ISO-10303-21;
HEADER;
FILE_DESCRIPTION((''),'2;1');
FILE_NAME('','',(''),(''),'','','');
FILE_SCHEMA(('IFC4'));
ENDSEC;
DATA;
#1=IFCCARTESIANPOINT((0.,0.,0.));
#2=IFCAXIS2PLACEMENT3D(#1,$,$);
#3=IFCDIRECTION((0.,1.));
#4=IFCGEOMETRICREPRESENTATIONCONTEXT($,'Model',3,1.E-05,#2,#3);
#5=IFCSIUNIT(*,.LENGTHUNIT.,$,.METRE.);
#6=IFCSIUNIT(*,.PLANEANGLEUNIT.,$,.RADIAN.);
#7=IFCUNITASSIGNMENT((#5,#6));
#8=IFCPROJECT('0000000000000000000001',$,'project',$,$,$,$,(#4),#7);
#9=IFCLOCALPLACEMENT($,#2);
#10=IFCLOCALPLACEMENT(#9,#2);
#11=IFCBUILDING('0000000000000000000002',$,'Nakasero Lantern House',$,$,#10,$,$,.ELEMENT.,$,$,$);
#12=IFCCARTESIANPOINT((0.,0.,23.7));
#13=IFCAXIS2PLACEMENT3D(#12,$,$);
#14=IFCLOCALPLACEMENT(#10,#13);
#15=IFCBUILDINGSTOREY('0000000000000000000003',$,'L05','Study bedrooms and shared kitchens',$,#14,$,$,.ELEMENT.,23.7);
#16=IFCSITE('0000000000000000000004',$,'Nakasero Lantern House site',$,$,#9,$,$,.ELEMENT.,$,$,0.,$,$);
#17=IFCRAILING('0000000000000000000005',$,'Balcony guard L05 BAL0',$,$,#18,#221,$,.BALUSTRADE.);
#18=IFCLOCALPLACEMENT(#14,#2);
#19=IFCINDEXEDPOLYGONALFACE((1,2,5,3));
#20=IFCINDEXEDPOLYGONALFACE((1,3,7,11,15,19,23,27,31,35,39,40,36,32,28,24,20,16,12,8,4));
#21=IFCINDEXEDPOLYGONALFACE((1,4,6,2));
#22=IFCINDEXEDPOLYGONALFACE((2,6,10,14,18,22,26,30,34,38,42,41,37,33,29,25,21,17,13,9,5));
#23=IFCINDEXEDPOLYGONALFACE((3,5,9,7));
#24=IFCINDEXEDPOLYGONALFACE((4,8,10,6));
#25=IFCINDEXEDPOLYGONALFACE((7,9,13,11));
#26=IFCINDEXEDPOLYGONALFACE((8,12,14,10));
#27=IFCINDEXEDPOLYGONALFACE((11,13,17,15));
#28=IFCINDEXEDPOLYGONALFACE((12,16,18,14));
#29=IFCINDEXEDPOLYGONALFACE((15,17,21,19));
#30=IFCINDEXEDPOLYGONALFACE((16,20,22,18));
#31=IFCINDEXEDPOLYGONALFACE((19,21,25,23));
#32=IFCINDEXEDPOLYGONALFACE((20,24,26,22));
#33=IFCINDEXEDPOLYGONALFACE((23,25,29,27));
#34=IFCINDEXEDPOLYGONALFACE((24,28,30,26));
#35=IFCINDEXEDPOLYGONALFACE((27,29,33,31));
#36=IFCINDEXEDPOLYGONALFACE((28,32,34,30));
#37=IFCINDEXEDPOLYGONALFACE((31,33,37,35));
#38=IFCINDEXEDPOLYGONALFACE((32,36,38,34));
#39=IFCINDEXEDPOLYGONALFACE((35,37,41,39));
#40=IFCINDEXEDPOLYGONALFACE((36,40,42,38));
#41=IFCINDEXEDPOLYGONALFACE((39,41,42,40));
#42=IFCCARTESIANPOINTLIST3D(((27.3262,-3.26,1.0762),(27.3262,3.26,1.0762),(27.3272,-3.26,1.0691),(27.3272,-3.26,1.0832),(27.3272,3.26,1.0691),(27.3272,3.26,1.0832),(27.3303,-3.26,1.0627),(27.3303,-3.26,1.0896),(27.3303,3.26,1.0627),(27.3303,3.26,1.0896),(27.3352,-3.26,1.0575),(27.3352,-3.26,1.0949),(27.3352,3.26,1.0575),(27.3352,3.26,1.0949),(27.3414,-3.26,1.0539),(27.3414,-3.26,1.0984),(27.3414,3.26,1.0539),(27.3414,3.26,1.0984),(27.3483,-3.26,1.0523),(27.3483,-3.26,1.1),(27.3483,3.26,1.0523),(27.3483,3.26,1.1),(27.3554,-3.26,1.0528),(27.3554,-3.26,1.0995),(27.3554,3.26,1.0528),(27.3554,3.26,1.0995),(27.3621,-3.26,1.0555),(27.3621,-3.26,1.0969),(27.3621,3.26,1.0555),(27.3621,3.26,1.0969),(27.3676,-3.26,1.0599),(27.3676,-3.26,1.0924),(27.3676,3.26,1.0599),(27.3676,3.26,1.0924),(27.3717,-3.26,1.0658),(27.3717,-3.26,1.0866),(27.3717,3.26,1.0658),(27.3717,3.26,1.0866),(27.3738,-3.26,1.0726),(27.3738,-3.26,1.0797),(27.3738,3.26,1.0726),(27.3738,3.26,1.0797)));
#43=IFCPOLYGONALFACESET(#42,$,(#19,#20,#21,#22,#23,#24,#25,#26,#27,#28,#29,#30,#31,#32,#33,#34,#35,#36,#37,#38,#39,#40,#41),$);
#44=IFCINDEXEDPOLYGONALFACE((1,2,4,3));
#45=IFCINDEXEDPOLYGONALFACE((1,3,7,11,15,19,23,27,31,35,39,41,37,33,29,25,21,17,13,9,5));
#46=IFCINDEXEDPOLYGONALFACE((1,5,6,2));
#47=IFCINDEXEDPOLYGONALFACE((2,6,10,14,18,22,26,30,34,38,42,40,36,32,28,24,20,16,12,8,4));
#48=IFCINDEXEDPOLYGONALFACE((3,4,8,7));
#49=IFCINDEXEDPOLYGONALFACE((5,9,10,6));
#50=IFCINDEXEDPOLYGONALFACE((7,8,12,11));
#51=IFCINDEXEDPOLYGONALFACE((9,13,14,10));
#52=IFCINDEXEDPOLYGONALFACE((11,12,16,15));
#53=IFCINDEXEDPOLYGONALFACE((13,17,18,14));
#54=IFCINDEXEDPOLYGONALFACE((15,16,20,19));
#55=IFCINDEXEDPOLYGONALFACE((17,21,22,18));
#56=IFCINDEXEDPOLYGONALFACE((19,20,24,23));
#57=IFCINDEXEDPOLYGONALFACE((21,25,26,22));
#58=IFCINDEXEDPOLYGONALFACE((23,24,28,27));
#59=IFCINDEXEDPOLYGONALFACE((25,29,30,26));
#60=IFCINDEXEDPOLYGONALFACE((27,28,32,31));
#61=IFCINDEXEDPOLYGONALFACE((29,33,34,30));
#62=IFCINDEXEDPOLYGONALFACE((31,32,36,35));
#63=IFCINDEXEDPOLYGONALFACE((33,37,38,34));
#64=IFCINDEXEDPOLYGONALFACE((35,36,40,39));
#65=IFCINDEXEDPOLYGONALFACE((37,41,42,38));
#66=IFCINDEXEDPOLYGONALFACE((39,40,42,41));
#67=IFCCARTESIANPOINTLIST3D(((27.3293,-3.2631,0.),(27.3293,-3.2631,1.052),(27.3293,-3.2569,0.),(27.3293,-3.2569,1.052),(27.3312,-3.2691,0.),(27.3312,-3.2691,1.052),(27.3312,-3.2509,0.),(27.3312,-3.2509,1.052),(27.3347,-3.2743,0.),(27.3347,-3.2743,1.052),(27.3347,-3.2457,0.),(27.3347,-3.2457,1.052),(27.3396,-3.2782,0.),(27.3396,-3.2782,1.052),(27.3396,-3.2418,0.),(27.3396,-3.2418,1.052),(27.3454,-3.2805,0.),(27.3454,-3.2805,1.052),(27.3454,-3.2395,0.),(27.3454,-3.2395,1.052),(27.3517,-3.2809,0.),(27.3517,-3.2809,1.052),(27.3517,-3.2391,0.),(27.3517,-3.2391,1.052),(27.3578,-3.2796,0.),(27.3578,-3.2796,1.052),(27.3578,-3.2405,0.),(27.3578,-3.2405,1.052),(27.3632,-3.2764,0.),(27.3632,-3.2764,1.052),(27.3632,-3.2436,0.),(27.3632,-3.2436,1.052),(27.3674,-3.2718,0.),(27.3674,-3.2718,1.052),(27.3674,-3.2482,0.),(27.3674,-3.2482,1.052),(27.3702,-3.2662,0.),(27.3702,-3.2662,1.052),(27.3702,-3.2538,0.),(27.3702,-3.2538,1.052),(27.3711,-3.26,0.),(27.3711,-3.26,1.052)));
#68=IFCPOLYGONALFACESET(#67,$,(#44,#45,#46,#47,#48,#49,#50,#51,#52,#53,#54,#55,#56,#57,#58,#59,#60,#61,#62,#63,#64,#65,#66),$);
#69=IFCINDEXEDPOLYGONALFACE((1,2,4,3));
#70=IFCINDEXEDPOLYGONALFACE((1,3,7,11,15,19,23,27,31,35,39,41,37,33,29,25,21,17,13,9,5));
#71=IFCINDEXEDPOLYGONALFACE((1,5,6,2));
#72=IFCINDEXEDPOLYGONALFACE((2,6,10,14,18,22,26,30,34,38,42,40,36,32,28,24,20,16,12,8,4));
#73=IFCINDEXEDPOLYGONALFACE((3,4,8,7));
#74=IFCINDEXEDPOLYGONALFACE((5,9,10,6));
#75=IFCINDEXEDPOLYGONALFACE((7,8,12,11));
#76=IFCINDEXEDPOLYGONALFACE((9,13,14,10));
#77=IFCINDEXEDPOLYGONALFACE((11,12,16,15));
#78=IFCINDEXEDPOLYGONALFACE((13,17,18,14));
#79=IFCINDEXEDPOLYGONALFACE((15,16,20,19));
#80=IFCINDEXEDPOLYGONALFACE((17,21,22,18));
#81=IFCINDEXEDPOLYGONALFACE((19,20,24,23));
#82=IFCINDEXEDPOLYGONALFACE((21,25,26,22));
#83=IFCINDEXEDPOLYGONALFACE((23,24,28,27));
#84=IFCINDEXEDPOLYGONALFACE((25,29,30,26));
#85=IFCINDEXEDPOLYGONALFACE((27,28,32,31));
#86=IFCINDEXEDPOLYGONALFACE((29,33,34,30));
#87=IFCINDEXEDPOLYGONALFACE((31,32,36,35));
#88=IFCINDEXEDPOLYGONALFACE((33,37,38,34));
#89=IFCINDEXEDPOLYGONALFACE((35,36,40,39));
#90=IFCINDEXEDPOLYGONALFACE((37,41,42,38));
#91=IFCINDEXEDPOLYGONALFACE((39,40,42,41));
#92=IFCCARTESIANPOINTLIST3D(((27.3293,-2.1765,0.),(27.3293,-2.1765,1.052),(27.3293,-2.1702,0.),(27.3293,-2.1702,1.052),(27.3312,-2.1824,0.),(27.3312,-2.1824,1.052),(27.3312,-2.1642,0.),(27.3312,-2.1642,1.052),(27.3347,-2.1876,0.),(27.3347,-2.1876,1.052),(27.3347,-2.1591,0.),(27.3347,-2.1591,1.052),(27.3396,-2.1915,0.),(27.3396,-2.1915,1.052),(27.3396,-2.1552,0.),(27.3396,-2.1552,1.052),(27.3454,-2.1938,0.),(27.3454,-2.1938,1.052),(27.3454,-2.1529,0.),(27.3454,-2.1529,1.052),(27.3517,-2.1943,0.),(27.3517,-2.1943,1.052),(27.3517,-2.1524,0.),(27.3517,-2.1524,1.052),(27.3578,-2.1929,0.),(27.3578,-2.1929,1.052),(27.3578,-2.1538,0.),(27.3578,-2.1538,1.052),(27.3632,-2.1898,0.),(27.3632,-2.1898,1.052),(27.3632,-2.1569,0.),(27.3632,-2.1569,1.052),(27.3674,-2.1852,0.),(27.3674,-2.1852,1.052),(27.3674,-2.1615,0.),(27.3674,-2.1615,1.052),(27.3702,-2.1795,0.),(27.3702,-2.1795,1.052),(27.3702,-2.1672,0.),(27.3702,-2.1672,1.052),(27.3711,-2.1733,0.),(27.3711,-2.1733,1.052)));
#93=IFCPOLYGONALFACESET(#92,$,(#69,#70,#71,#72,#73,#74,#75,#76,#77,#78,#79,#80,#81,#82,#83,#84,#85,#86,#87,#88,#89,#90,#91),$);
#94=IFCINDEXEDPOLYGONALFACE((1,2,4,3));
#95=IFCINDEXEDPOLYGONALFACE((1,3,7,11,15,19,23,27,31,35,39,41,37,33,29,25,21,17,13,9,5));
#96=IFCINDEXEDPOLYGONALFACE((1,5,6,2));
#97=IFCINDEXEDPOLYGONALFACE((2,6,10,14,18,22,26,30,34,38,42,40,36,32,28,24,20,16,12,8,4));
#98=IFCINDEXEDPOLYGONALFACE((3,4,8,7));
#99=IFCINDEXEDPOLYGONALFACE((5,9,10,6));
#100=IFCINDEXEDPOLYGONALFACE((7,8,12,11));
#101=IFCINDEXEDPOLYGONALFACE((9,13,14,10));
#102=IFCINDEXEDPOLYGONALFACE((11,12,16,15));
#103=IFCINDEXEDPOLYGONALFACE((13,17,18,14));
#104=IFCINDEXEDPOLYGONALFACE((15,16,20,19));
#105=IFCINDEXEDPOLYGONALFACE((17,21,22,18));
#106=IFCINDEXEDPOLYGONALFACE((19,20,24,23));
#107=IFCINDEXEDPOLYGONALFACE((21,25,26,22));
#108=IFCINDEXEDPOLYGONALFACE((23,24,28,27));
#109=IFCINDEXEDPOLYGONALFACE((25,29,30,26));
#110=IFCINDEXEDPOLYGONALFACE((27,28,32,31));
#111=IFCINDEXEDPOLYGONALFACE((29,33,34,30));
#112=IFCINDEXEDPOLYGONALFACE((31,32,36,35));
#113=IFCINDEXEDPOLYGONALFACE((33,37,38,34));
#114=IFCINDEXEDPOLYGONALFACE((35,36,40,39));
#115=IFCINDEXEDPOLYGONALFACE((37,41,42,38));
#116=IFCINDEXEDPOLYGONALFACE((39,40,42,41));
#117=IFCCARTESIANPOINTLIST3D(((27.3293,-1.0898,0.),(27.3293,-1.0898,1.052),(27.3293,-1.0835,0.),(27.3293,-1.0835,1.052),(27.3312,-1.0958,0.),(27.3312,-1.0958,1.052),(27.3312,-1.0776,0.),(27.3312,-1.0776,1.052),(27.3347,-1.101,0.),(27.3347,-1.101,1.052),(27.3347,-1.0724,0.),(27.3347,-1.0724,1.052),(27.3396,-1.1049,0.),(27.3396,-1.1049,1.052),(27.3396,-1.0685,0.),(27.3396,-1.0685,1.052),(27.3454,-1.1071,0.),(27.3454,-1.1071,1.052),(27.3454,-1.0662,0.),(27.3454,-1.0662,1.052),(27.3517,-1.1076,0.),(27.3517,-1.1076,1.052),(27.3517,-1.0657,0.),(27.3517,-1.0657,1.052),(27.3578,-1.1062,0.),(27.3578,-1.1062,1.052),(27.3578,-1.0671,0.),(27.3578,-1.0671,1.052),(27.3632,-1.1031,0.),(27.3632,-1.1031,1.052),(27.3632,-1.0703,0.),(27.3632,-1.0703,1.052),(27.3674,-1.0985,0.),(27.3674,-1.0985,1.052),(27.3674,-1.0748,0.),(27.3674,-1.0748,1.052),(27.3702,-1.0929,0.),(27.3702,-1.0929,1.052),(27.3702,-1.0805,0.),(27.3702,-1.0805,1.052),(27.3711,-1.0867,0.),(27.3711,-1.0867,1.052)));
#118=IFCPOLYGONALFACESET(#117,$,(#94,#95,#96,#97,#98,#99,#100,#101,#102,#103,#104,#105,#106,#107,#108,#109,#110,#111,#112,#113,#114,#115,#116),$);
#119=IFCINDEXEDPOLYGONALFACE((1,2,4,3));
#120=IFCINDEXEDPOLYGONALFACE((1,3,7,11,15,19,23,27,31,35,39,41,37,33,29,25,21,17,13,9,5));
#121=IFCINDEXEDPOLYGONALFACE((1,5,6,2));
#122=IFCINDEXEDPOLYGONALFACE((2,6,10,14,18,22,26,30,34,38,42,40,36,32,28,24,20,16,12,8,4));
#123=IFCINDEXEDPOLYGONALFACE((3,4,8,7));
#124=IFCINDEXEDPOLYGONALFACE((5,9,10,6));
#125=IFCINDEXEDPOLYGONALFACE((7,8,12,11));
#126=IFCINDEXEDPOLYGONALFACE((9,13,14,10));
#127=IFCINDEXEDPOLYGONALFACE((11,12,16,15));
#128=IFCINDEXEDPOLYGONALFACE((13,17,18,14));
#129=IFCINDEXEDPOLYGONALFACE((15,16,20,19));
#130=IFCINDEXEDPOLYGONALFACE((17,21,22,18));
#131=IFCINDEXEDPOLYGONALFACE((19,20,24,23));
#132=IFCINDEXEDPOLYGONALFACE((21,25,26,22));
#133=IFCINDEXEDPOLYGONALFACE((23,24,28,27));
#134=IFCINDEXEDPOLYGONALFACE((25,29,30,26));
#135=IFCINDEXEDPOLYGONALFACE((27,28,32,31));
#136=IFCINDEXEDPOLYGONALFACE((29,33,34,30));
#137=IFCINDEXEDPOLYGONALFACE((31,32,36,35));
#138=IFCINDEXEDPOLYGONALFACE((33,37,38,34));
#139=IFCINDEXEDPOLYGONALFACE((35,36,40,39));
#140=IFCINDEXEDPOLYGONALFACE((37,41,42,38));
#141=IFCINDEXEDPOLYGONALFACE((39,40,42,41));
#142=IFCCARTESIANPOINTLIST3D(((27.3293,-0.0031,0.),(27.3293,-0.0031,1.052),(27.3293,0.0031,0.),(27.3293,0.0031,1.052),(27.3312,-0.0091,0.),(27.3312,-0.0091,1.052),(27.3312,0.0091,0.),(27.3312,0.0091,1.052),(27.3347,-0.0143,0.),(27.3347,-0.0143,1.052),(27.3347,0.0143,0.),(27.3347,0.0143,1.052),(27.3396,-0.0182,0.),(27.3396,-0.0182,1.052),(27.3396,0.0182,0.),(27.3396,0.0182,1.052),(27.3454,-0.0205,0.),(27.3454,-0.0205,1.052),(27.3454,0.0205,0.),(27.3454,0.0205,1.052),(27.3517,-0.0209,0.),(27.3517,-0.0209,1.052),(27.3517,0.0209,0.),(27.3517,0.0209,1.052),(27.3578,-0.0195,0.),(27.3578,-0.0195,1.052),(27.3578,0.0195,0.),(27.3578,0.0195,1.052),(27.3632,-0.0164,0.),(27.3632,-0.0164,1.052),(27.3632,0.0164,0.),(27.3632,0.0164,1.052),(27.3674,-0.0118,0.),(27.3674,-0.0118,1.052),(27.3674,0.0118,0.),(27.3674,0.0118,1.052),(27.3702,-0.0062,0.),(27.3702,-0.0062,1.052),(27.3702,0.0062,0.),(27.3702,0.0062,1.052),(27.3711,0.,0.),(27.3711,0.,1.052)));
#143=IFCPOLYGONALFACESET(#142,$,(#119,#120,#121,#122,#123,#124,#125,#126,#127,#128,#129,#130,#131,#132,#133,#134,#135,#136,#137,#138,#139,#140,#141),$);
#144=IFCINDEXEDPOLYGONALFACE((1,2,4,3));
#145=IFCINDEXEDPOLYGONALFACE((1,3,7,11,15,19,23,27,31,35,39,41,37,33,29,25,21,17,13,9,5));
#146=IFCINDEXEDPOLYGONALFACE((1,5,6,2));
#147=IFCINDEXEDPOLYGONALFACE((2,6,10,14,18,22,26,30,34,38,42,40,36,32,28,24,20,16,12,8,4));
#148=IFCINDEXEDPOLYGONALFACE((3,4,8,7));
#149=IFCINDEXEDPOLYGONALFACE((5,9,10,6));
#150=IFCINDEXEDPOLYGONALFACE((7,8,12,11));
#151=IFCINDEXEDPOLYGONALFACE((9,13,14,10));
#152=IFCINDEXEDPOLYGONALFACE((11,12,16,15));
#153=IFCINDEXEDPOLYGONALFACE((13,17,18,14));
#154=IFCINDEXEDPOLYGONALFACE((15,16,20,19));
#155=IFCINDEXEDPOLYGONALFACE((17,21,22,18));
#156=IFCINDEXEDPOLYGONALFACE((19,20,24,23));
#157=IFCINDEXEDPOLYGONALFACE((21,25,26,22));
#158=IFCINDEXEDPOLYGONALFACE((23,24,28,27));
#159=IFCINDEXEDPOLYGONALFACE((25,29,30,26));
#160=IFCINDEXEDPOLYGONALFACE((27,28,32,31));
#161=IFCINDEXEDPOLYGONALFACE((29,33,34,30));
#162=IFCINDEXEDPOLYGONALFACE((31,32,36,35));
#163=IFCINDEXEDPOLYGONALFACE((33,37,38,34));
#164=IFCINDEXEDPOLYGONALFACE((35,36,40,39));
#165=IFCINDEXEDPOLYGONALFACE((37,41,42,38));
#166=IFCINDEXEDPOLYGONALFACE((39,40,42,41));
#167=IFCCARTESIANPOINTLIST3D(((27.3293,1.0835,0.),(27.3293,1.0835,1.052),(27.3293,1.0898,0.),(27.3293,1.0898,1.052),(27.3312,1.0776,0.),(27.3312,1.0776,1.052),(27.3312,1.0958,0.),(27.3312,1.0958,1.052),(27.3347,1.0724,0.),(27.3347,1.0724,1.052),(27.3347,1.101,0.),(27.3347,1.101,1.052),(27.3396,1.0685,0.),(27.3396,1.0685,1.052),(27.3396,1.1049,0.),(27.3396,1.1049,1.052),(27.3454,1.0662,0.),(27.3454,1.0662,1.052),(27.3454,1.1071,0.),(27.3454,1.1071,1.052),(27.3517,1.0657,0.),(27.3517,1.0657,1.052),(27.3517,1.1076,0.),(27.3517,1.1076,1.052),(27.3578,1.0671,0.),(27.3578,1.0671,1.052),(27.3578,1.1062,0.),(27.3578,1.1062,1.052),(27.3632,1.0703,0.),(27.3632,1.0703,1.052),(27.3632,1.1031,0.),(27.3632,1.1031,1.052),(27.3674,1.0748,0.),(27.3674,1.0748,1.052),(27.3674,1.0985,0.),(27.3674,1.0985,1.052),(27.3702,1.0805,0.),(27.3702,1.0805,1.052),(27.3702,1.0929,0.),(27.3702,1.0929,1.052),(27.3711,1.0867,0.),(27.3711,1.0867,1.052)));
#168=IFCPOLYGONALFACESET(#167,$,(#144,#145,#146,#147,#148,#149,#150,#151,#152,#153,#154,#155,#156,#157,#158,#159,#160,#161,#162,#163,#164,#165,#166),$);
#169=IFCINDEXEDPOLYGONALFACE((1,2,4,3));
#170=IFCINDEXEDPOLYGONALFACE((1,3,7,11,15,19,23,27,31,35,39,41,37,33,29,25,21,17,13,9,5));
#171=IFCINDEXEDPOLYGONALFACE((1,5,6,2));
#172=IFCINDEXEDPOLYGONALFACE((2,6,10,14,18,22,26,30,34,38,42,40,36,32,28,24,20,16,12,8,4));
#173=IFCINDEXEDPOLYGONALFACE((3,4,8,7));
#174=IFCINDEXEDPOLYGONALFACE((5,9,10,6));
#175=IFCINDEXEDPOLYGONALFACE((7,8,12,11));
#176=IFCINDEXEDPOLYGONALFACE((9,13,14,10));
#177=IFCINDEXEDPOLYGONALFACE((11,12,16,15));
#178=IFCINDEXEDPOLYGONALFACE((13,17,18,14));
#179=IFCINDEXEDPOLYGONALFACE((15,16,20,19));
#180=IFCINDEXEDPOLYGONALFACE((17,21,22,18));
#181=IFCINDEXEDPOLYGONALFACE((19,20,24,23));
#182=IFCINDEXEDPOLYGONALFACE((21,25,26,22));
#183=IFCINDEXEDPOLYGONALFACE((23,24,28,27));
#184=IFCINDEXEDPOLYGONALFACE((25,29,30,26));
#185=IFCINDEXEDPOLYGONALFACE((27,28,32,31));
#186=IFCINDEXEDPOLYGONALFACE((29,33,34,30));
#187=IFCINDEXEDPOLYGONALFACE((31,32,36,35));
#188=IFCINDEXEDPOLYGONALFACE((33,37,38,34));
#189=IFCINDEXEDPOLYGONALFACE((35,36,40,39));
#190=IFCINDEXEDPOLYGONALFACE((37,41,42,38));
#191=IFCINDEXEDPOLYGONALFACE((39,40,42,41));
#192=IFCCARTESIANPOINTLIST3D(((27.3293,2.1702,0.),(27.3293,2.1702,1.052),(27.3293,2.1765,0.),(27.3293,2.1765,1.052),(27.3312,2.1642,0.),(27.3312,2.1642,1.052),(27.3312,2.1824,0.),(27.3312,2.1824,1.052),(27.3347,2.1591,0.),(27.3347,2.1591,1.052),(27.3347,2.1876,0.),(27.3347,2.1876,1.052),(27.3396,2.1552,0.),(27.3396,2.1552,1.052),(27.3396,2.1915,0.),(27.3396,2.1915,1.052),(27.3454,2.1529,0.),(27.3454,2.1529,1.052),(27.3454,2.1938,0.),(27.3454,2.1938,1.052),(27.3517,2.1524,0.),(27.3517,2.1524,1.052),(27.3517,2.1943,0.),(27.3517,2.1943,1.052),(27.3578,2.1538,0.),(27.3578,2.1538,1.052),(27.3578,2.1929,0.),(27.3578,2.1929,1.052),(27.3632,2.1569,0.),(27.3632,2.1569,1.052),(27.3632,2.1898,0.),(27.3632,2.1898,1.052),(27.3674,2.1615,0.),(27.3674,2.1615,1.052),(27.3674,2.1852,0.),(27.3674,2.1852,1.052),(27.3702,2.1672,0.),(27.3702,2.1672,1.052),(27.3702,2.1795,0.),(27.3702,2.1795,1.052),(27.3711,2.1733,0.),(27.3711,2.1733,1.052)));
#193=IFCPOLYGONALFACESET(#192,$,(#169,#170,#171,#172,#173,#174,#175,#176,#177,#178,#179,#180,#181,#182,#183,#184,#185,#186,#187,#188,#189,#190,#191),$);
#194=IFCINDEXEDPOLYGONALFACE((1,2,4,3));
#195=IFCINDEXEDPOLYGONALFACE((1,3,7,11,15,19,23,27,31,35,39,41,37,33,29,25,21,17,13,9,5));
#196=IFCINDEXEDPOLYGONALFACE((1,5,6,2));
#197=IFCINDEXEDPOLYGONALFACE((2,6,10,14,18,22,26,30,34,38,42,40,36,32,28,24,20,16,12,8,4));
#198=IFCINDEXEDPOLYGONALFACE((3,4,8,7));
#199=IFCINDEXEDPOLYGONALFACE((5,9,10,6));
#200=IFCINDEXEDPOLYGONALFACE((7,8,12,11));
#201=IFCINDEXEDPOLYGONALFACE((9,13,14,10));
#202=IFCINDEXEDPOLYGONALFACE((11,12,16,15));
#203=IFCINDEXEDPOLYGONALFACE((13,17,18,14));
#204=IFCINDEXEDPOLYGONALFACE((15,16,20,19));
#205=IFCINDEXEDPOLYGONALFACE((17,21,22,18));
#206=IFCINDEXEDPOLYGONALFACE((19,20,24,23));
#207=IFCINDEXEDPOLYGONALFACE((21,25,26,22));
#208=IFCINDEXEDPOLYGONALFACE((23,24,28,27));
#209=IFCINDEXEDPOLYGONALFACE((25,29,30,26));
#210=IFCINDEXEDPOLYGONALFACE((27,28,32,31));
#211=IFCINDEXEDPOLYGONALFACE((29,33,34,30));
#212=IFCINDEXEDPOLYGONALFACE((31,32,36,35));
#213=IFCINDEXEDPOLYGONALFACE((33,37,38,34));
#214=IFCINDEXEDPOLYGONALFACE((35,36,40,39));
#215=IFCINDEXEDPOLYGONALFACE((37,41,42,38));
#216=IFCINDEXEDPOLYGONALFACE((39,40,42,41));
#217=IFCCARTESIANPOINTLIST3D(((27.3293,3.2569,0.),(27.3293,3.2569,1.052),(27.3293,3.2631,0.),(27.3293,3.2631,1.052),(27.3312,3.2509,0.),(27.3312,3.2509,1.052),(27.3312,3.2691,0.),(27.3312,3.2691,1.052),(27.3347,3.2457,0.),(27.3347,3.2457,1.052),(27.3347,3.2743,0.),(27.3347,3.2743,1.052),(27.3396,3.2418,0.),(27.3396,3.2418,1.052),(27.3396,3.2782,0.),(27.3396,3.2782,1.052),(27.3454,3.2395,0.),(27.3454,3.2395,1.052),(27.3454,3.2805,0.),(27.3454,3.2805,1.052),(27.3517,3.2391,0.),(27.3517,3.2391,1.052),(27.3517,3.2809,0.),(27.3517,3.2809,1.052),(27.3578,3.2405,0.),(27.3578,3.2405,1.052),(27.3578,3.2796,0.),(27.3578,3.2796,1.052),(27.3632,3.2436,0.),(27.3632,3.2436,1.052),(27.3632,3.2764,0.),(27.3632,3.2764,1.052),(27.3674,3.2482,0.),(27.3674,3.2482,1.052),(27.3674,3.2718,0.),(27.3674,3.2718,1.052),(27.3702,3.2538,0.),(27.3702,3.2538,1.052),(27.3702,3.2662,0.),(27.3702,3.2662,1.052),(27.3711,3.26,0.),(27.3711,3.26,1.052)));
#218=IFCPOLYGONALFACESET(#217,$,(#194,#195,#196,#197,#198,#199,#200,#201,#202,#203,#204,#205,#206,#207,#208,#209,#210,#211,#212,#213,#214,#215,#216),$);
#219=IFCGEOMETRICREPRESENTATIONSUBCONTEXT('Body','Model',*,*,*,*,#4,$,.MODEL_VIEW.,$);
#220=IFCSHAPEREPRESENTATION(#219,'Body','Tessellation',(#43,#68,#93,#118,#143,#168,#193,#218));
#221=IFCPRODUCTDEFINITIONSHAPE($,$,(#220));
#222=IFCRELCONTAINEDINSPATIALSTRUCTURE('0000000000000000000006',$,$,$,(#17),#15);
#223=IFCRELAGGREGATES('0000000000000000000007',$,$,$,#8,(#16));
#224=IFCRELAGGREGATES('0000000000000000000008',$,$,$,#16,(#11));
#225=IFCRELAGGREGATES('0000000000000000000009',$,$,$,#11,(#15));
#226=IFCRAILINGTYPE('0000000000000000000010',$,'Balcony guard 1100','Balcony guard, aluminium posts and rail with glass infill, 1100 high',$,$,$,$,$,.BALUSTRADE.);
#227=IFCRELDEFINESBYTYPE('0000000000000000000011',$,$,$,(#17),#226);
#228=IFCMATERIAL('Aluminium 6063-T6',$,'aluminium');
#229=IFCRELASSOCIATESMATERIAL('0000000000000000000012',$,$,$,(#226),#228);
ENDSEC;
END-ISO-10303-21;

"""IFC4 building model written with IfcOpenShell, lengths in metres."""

from ifc_helpers import new_model, si_unit, direction, frame, origin, origin_2d, place, context, subcontext, project, spatial, circle, extrude, material, type_object, element, save


model = new_model("IFC4")

# Units and contexts
model_context = context("Model", 3, precision=1e-05, world=origin(), true_north=direction((0.0, 1.0)))
body_context = subcontext(model_context, "Body", "Model", "MODEL_VIEW")
ifc_project = project(units=[si_unit("LENGTHUNIT", "METRE"), si_unit("PLANEANGLEUNIT", "RADIAN")], contexts=[model_context])

# Site, building, storey
site_placement = place(None, origin())
site = spatial("IfcSite", under=ifc_project, at=site_placement, Name="Nakasero Lantern House site", CompositionType="ELEMENT", RefElevation=0.0)
building_placement = place(site_placement, origin())
building = spatial("IfcBuilding", under=site, at=building_placement, Name="Nakasero Lantern House", CompositionType="ELEMENT")
storey_placement = place(building_placement, frame((0.0, 0.0, 23.7)))
storey = spatial("IfcBuildingStorey", under=building, at=storey_placement, Name="L05", Description="Study bedrooms and shared kitchens", CompositionType="ELEMENT", Elevation=23.7)

# Railing
ifc_material_1 = material(Name="Aluminium 6063-T6", Category="aluminium")
railing_type = type_object("IfcRailingType", Name="Balcony guard 1100", Description="Balcony guard, aluminium posts and rail with glass infill, 1100 high", PredefinedType="BALUSTRADE", material=ifc_material_1)
railing_placement = place(storey_placement, frame((27.3501, -3.26, 0.0)))
element("IfcRailing", 1, at=railing_placement, inside=storey, type_object=railing_type, Name="Balcony guard L05 BAL0", PredefinedType="BALUSTRADE", context=body_context, shape_type="SweptSolid", body=[
    extrude(circle(Radius=0.0239, at=origin_2d()), frame((0.0, 0.0, 1.0762), z_axis=(0.0, 1.0, 0.0), x_axis=(-1.0, 0.0, 0.0)), (0.0, 0.0, 1.0), 6.52),
    extrude(circle(Radius=0.021, at=origin_2d()), origin(), (0.0, 0.0, 1.0), 1.052),
    extrude(circle(Radius=0.021, at=origin_2d()), frame((0.0, 1.0867, 0.0)), (0.0, 0.0, 1.0), 1.052),
    extrude(circle(Radius=0.021, at=origin_2d()), frame((0.0, 2.1733, 0.0)), (0.0, 0.0, 1.0), 1.052),
    extrude(circle(Radius=0.021, at=origin_2d()), frame((0.0, 3.26, 0.0)), (0.0, 0.0, 1.0), 1.052),
    extrude(circle(Radius=0.021, at=origin_2d()), frame((0.0, 4.3467, 0.0)), (0.0, 0.0, 1.0), 1.052),
    extrude(circle(Radius=0.021, at=origin_2d()), frame((0.0, 5.4333, 0.0)), (0.0, 0.0, 1.0), 1.052),
    extrude(circle(Radius=0.021, at=origin_2d()), frame((0.0, 6.52, 0.0)), (0.0, 0.0, 1.0), 1.052),
])

save(model, "model.ifc")
